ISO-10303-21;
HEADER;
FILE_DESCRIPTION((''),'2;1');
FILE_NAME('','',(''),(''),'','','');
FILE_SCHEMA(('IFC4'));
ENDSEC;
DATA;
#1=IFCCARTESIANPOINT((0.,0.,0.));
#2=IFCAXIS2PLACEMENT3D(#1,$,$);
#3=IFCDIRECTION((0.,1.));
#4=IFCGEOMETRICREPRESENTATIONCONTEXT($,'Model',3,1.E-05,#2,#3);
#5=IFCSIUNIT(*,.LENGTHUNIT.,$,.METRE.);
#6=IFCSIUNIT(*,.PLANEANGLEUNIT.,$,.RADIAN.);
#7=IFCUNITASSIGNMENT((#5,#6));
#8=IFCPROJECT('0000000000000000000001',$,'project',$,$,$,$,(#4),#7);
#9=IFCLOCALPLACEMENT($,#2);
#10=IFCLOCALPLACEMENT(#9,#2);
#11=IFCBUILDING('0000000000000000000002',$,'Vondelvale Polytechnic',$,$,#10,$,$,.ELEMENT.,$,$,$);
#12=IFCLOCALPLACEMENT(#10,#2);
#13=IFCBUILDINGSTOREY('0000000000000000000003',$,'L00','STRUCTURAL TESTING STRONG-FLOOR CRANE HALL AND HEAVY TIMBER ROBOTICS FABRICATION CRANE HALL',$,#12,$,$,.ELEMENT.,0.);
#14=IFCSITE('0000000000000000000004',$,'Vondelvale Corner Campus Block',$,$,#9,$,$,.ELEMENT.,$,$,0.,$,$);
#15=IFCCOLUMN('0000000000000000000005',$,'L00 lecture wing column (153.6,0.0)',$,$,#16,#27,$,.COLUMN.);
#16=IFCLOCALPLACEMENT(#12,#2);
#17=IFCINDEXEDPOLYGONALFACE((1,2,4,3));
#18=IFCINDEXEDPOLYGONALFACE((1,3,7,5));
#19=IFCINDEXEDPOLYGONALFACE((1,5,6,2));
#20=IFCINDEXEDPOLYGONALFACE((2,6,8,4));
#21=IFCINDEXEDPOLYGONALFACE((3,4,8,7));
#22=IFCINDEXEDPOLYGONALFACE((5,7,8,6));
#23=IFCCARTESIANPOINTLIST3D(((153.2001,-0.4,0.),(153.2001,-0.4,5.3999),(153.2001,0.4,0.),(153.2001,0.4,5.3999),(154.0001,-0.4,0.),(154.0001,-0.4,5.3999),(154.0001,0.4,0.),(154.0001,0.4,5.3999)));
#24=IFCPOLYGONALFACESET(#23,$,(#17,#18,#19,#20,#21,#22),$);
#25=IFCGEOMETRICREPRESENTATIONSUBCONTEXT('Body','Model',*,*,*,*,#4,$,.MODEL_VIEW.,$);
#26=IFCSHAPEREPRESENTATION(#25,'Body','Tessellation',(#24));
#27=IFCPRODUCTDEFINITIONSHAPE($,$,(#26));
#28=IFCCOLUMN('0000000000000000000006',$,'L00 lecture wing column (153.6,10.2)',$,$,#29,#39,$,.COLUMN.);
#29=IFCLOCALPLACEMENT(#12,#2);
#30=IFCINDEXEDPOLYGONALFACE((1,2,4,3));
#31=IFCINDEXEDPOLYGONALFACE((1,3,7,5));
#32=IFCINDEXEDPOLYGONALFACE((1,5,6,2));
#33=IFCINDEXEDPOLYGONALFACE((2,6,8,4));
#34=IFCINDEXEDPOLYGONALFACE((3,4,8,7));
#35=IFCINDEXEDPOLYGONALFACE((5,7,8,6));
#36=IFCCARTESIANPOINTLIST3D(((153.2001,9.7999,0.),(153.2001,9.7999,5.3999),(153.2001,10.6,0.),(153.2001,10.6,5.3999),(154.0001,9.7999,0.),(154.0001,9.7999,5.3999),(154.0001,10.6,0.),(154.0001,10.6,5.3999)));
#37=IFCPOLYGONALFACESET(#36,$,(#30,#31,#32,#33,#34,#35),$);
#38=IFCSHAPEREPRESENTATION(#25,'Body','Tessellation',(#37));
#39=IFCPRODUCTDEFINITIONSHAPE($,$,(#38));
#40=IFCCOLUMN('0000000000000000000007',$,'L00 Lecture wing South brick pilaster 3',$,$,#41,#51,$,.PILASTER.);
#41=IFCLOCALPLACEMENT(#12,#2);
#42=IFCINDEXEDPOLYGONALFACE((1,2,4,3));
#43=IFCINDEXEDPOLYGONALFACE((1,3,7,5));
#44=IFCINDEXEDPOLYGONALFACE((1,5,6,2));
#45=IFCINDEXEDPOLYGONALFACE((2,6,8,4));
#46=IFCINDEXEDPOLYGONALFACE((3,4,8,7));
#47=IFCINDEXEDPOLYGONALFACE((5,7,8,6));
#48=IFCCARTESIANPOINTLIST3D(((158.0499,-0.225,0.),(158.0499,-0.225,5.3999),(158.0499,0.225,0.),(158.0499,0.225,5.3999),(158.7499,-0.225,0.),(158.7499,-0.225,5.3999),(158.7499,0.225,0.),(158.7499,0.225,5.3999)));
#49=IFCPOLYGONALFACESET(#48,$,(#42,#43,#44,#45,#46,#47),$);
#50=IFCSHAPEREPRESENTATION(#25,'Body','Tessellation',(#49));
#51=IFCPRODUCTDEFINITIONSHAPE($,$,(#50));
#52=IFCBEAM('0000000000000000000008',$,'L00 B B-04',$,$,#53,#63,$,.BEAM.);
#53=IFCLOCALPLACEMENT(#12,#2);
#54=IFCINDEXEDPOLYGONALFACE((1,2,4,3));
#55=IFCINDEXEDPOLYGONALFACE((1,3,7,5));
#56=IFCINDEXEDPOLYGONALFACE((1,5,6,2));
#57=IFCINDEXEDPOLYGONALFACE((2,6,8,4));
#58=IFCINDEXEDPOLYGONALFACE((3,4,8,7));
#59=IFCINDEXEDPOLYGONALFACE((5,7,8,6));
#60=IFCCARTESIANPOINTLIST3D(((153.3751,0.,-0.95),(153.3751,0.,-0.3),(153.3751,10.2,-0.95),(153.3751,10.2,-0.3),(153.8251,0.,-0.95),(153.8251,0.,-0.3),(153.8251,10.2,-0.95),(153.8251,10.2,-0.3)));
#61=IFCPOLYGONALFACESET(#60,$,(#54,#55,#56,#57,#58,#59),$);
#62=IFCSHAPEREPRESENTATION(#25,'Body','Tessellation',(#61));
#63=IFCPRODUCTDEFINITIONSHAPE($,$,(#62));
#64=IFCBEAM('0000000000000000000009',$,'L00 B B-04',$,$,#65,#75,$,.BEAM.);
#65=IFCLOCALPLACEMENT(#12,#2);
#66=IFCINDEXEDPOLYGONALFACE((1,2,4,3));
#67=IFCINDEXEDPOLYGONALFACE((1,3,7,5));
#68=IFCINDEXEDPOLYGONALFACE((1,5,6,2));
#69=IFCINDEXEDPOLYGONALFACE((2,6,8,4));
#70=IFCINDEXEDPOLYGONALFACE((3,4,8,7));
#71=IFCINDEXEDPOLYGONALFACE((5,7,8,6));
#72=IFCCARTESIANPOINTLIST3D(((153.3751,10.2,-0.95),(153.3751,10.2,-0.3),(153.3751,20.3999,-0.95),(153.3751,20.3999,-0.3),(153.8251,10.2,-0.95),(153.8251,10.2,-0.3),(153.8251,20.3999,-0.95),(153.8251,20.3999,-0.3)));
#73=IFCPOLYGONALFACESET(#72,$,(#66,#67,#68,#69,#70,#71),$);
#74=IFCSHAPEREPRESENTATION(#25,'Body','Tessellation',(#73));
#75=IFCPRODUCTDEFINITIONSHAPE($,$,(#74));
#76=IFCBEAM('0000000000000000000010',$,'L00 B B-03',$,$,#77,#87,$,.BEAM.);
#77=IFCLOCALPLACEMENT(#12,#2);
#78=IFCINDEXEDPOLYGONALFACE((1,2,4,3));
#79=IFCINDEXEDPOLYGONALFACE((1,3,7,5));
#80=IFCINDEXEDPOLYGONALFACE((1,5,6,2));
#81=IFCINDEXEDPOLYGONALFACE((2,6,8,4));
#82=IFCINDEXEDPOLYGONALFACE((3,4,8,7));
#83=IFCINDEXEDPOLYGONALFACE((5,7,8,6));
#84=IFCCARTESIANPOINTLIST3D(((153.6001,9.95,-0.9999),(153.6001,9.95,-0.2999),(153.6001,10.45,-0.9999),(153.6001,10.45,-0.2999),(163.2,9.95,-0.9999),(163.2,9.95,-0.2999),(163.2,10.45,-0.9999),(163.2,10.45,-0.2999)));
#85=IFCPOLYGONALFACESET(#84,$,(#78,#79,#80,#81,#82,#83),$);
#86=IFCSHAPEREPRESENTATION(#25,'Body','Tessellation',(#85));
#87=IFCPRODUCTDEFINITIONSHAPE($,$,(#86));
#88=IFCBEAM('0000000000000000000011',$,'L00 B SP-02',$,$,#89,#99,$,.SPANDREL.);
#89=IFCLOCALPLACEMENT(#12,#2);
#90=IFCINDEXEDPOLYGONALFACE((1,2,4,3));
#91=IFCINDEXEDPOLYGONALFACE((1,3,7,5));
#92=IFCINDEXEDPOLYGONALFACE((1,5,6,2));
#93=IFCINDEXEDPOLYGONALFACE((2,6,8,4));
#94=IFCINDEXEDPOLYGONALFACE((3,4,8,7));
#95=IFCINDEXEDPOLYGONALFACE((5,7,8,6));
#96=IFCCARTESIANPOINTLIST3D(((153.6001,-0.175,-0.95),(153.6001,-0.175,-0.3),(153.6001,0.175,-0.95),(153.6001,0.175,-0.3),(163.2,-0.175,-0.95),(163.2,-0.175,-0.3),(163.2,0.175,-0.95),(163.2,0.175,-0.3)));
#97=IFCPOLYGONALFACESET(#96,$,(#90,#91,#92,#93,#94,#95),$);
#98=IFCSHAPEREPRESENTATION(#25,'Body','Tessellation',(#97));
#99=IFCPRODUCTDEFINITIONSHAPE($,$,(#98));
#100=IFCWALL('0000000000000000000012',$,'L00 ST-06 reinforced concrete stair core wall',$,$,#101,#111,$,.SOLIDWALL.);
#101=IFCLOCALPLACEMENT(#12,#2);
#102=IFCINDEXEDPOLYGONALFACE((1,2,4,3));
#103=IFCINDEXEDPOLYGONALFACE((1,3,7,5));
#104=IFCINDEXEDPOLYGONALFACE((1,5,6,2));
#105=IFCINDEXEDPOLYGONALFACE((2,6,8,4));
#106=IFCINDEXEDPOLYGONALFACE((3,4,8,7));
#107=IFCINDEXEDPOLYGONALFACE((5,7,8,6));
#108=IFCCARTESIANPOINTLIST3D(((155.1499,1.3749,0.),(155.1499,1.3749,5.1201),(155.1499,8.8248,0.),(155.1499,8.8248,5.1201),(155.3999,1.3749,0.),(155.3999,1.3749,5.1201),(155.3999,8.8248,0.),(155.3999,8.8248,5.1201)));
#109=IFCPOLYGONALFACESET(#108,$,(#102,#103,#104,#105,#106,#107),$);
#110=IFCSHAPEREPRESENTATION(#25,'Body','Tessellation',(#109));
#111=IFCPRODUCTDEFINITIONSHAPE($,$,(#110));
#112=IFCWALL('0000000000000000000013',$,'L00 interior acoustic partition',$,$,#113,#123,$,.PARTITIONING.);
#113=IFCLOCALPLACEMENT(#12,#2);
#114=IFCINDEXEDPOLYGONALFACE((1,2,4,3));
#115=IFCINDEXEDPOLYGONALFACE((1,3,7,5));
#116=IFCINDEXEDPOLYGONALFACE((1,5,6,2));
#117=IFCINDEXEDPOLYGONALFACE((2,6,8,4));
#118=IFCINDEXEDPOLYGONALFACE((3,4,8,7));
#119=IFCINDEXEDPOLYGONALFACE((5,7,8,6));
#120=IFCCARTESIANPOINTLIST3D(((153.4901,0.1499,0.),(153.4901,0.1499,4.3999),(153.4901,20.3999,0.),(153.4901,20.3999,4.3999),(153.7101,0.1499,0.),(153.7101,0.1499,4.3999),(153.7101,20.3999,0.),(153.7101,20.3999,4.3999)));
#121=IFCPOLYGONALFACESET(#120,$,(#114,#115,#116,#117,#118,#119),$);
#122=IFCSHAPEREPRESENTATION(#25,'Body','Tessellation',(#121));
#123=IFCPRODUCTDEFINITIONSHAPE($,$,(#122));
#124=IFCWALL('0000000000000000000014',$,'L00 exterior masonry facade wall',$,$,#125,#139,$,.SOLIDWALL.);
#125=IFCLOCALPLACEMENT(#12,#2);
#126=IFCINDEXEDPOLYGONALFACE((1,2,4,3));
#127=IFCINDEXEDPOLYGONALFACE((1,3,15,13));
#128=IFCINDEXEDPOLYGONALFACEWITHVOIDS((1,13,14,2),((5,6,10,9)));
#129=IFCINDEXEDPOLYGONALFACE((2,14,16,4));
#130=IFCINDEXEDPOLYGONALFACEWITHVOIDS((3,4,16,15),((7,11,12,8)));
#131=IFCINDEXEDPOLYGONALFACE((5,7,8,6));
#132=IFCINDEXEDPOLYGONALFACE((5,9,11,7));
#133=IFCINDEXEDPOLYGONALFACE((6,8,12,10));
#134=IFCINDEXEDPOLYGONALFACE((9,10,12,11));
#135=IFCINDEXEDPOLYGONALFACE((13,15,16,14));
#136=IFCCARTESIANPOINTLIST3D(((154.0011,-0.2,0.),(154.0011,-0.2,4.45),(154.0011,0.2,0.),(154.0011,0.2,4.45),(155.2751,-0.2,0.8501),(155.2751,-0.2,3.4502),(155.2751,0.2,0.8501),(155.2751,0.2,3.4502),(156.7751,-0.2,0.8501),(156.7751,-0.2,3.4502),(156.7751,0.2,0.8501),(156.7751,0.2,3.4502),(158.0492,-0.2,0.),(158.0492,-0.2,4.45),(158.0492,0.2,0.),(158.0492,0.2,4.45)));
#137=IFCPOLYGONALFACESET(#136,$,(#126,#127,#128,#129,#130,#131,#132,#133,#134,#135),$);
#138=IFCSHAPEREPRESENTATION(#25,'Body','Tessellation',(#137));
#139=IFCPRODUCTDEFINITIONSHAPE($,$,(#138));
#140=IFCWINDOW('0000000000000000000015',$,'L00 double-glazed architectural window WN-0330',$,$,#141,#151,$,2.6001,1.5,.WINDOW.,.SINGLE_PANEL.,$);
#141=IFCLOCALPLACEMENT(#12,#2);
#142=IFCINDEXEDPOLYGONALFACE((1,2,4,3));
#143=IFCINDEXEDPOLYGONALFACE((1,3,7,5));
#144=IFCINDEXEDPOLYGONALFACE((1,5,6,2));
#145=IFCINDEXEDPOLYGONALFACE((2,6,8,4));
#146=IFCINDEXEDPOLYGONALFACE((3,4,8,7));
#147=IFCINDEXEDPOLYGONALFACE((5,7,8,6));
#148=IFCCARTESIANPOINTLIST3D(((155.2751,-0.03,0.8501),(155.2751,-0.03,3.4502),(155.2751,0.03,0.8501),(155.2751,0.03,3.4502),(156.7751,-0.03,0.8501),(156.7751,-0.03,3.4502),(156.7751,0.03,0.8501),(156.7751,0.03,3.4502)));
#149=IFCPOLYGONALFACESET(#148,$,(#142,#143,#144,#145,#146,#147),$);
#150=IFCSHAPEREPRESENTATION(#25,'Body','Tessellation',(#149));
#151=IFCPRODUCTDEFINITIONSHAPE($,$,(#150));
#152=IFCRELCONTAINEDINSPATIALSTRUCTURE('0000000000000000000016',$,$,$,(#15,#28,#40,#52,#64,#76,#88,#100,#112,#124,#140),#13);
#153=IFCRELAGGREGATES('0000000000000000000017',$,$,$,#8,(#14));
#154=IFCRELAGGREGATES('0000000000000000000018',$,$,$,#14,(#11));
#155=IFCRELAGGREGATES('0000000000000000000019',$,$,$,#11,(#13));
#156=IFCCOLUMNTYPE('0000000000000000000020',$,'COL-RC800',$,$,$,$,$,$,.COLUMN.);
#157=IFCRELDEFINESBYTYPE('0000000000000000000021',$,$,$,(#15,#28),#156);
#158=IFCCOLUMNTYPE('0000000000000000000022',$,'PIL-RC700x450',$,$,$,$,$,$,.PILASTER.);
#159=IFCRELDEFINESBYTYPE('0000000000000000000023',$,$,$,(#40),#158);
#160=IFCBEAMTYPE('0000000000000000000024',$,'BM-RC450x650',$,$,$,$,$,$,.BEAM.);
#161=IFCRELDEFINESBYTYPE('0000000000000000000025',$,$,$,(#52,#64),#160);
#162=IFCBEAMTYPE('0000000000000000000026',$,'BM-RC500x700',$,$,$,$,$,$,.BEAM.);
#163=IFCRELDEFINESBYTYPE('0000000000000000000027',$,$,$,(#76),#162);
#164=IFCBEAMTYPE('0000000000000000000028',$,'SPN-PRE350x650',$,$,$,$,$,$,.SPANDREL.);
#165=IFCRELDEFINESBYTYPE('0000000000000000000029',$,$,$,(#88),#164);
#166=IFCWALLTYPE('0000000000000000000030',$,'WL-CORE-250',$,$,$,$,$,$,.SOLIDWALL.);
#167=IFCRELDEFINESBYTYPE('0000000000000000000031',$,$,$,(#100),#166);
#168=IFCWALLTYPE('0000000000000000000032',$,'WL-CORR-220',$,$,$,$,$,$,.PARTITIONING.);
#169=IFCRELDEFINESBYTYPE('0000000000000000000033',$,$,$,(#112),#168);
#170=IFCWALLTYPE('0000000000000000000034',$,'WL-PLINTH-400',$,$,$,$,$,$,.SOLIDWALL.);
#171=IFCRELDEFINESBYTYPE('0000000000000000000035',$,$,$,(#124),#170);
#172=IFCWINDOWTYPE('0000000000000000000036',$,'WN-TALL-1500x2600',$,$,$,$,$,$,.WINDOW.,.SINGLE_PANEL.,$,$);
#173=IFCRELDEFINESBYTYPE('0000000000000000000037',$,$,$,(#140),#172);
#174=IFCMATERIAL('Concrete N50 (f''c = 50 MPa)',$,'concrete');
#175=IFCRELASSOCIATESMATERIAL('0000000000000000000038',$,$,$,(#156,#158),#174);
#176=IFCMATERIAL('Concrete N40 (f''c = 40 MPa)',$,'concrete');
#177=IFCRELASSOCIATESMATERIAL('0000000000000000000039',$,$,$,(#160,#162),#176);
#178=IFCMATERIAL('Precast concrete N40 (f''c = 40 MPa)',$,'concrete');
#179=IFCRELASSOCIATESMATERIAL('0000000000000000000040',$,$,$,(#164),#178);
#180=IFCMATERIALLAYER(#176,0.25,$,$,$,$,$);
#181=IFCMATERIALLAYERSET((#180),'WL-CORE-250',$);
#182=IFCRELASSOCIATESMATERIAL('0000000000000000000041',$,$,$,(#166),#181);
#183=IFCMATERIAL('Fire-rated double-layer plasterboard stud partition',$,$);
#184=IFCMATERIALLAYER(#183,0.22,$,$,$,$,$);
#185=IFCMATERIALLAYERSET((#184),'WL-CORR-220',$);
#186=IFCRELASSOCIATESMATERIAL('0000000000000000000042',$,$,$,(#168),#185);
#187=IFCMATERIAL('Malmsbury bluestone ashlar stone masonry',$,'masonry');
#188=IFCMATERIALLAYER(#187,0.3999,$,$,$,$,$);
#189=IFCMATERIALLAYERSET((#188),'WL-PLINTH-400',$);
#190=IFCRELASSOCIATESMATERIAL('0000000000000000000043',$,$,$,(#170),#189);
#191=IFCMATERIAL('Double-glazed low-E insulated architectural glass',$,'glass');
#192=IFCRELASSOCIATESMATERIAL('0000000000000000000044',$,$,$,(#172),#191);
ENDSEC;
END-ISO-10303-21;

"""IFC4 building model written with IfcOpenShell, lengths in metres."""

from ifc_helpers import new_model, si_unit, direction, frame, frame_2d, origin, origin_2d, place, context, subcontext, project, spatial, rectangle, extrude, material, layer, layer_set, material_profile, profile_set, type_object, element, fill, save


model = new_model("IFC4")

# Units and contexts
model_context = context("Model", 3, precision=1e-05, world=origin(), true_north=direction((0.0, 1.0)))
body_context = subcontext(model_context, "Body", "Model", "MODEL_VIEW")
ifc_project = project(units=[si_unit("LENGTHUNIT", "METRE"), si_unit("PLANEANGLEUNIT", "RADIAN")], contexts=[model_context])

# Site, building, storey
site_placement = place(None, origin())
site = spatial("IfcSite", under=ifc_project, at=site_placement, Name="Vondelvale Corner Campus Block", CompositionType="ELEMENT", RefElevation=0.0)
building_placement = place(site_placement, origin())
building = spatial("IfcBuilding", under=site, at=building_placement, Name="Vondelvale Polytechnic", CompositionType="ELEMENT")
storey_placement = place(building_placement, origin())
storey = spatial("IfcBuildingStorey", under=building, at=storey_placement, Name="L00", Description="STRUCTURAL TESTING STRONG-FLOOR CRANE HALL AND HEAVY TIMBER ROBOTICS FABRICATION CRANE HALL", CompositionType="ELEMENT", Elevation=0.0)

# Columns
ifc_material_1 = material(Name="Concrete N50 (f'c = 50 MPa)", Category="concrete")
ifc_material_profile_1 = material_profile(ifc_material_1, rectangle(XDim=0.8, YDim=0.8, at=origin_2d()), Name="RC-COL-800x800")
ifc_profile_set_1 = profile_set([ifc_material_profile_1], Name="Concrete N50 (f'c = 50 MPa)")
column_type_1 = type_object("IfcColumnType", Name="COL-RC800", PredefinedType="COLUMN", material=ifc_profile_set_1)
for number, where, z_axis, x_axis, name in (
    (1, (153.6001, 0.0, 0.0), (0.0, 0.0, 1.0), (1.0, 0.0, 0.0), "L00 lecture wing column (153.6,0.0)"),
    (2, (153.6001, 10.2, 0.0), (0.0, 0.0, 1.0), (1.0, 0.0, 0.0), "L00 lecture wing column (153.6,10.2)"),
):
    element("IfcColumn", number, at=place(storey_placement, frame(where, z_axis=z_axis, x_axis=x_axis)), inside=storey, type_object=column_type_1, Name=name, PredefinedType="COLUMN", context=body_context, shape_type="SweptSolid", body=[
        extrude(rectangle(XDim=0.8, YDim=0.8, at=origin_2d()), origin(), (0.0, 0.0, 1.0), 5.3999),
    ])
ifc_material_profile_2 = material_profile(ifc_material_1, rectangle(XDim=0.45, YDim=0.7, at=origin_2d()), Name="RC-PIL-700x450")
ifc_profile_set_2 = profile_set([ifc_material_profile_2], Name="Concrete N50 (f'c = 50 MPa)")
column_type_2 = type_object("IfcColumnType", Name="PIL-RC700x450", PredefinedType="PILASTER", material=ifc_profile_set_2)
column_placement = place(storey_placement, frame((158.3999, 0.0, 0.0), z_axis=(0.0, 0.0, 1.0), x_axis=(0.0, 1.0, 0.0)))
element("IfcColumn", 3, at=column_placement, inside=storey, type_object=column_type_2, Name="L00 Lecture wing South brick pilaster 3", PredefinedType="PILASTER", context=body_context, shape_type="SweptSolid", body=[
    extrude(rectangle(XDim=0.45, YDim=0.7, at=origin_2d()), origin(), (0.0, 0.0, 1.0), 5.3999),
])

# Beams
ifc_material_2 = material(Name="Concrete N40 (f'c = 40 MPa)", Category="concrete")
ifc_material_profile_3 = material_profile(ifc_material_2, rectangle(XDim=0.45, YDim=0.6499, at=origin_2d()), Name="RC-BM-450x650")
ifc_profile_set_3 = profile_set([ifc_material_profile_3], Name="Concrete N40 (f'c = 40 MPa)")
beam_type_1 = type_object("IfcBeamType", Name="BM-RC450x650", PredefinedType="BEAM", material=ifc_profile_set_3)
for number, where, z_axis, x_axis, name in (
    (4, (153.6001, 0.0, -0.625), (0.0, 1.0, 0.0), (-1.0, 0.0, 0.0), "L00 B B-04"),
    (5, (153.6001, 10.2, -0.625), (0.0, 1.0, 0.0), (-1.0, 0.0, 0.0), "L00 B B-04"),
):
    element("IfcBeam", number, at=place(storey_placement, frame(where, z_axis=z_axis, x_axis=x_axis)), inside=storey, type_object=beam_type_1, Name=name, PredefinedType="BEAM", context=body_context, shape_type="SweptSolid", body=[
        extrude(rectangle(XDim=0.45, YDim=0.6499, at=origin_2d()), origin(), (0.0, 0.0, 1.0), 10.2),
    ])
ifc_material_profile_4 = material_profile(ifc_material_2, rectangle(XDim=0.5, YDim=0.7, at=origin_2d()), Name="RC-BM-500x700")
ifc_profile_set_4 = profile_set([ifc_material_profile_4], Name="Concrete N40 (f'c = 40 MPa)")
beam_type_2 = type_object("IfcBeamType", Name="BM-RC500x700", PredefinedType="BEAM", material=ifc_profile_set_4)
beam_1_placement = place(storey_placement, frame((153.6001, 10.2, -0.6499), z_axis=(1.0, 0.0, 0.0), x_axis=(0.0, 1.0, 0.0)))
element("IfcBeam", 6, at=beam_1_placement, inside=storey, type_object=beam_type_2, Name="L00 B B-03", PredefinedType="BEAM", context=body_context, shape_type="SweptSolid", body=[
    extrude(rectangle(XDim=0.5, YDim=0.7, at=origin_2d()), origin(), (0.0, 0.0, 1.0), 9.5999),
])
ifc_material_3 = material(Name="Precast concrete N40 (f'c = 40 MPa)", Category="concrete")
ifc_material_profile_5 = material_profile(ifc_material_3, rectangle(XDim=0.3501, YDim=0.6499, at=origin_2d()), Name="RC-SPN-350x650")
ifc_profile_set_5 = profile_set([ifc_material_profile_5], Name="Precast concrete N40 (f'c = 40 MPa)")
beam_type_3 = type_object("IfcBeamType", Name="SPN-PRE350x650", PredefinedType="SPANDREL", material=ifc_profile_set_5)
beam_2_placement = place(storey_placement, frame((153.6001, 0.0, -0.625), z_axis=(1.0, 0.0, 0.0), x_axis=(0.0, 1.0, 0.0)))
element("IfcBeam", 7, at=beam_2_placement, inside=storey, type_object=beam_type_3, Name="L00 B SP-02", PredefinedType="SPANDREL", context=body_context, shape_type="SweptSolid", body=[
    extrude(rectangle(XDim=0.3501, YDim=0.6499, at=origin_2d()), origin(), (0.0, 0.0, 1.0), 9.5999),
])

# Walls
ifc_layer_1 = layer(ifc_material_2, 0.25)
ifc_layer_set_1 = layer_set([ifc_layer_1], Name="WL-CORE-250")
wall_type_1 = type_object("IfcWallType", Name="WL-CORE-250", PredefinedType="SOLIDWALL", material=ifc_layer_set_1)
wall_1_placement = place(storey_placement, frame((155.2749, 8.825, 0.0), z_axis=(0.0, 0.0, 1.0), x_axis=(0.0, -1.0, 0.0)))
element("IfcWall", 8, at=wall_1_placement, inside=storey, type_object=wall_type_1, Name="L00 ST-06 reinforced concrete stair core wall", PredefinedType="SOLIDWALL", context=body_context, shape_type="SweptSolid", body=[
    extrude(rectangle(XDim=7.45, YDim=0.25, at=frame_2d((3.7251, 0.0))), origin(), (0.0, 0.0, 1.0), 5.1201),
])
ifc_material_4 = material(Name="Fire-rated double-layer plasterboard stud partition")
ifc_layer_2 = layer(ifc_material_4, 0.22)
ifc_layer_set_2 = layer_set([ifc_layer_2], Name="WL-CORR-220")
wall_type_2 = type_object("IfcWallType", Name="WL-CORR-220", PredefinedType="PARTITIONING", material=ifc_layer_set_2)
wall_2_placement = place(storey_placement, frame((153.6001, 0.1499, 0.0), z_axis=(0.0, 0.0, 1.0), x_axis=(0.0, 1.0, 0.0)))
element("IfcWall", 9, at=wall_2_placement, inside=storey, type_object=wall_type_2, Name="L00 interior acoustic partition", PredefinedType="PARTITIONING", context=body_context, shape_type="SweptSolid", body=[
    extrude(rectangle(XDim=20.25, YDim=0.22, at=frame_2d((10.125, 0.0))), origin(), (0.0, 0.0, 1.0), 4.3999),
])

# Wall, opening, window
ifc_material_5 = material(Name="Malmsbury bluestone ashlar stone masonry", Category="masonry")
ifc_layer_3 = layer(ifc_material_5, 0.3999)
ifc_layer_set_3 = layer_set([ifc_layer_3], Name="WL-PLINTH-400")
wall_type_3 = type_object("IfcWallType", Name="WL-PLINTH-400", PredefinedType="SOLIDWALL", material=ifc_layer_set_3)
wall_3_placement = place(storey_placement, frame((158.0491, 0.0, 0.0), z_axis=(0.0, 0.0, 1.0), x_axis=(-1.0, 0.0, 0.0)))
wall_3 = element("IfcWall", 10, at=wall_3_placement, inside=storey, type_object=wall_type_3, Name="L00 exterior masonry facade wall", PredefinedType="SOLIDWALL", context=body_context, shape_type="SweptSolid", body=[
    extrude(rectangle(XDim=4.0481, YDim=0.3999, at=frame_2d((2.0239, 0.0))), origin(), (0.0, 0.0, 1.0), 4.45),
])
opening_placement = place(wall_3_placement, frame((1.2739, 0.0, 0.8501)))
opening = element("IfcOpeningElement", 11, at=opening_placement, cuts=wall_3, PredefinedType="OPENING", context=body_context, shape_type="SweptSolid", body=[
    extrude(rectangle(XDim=1.5, YDim=2.6001, at=frame_2d((0.75, 1.3))), frame((0.0, 0.21, 0.0), z_axis=(0.0, -1.0, 0.0), x_axis=(1.0, 0.0, 0.0)), (0.0, 0.0, 1.0), 0.4199),
])
ifc_material_6 = material(Name="Double-glazed low-E insulated architectural glass", Category="glass")
window_type = type_object("IfcWindowType", Name="WN-TALL-1500x2600", PartitioningType="SINGLE_PANEL", PredefinedType="WINDOW", material=ifc_material_6)
window_placement = place(opening_placement, origin())
window = element("IfcWindow", 12, at=window_placement, inside=storey, type_object=window_type, Name="L00 double-glazed architectural window WN-0330", OverallHeight=2.6001, OverallWidth=1.5, PartitioningType="SINGLE_PANEL", PredefinedType="WINDOW", context=body_context, shape_type="SweptSolid", body=[
    extrude(rectangle(XDim=1.5, YDim=2.6001, at=frame_2d((0.75, 1.3))), frame((0.0, 0.03, 0.0), z_axis=(0.0, -1.0, 0.0), x_axis=(1.0, 0.0, 0.0)), (0.0, 0.0, 1.0), 0.0601),
])
fill(opening, window)

save(model, "model.ifc")
